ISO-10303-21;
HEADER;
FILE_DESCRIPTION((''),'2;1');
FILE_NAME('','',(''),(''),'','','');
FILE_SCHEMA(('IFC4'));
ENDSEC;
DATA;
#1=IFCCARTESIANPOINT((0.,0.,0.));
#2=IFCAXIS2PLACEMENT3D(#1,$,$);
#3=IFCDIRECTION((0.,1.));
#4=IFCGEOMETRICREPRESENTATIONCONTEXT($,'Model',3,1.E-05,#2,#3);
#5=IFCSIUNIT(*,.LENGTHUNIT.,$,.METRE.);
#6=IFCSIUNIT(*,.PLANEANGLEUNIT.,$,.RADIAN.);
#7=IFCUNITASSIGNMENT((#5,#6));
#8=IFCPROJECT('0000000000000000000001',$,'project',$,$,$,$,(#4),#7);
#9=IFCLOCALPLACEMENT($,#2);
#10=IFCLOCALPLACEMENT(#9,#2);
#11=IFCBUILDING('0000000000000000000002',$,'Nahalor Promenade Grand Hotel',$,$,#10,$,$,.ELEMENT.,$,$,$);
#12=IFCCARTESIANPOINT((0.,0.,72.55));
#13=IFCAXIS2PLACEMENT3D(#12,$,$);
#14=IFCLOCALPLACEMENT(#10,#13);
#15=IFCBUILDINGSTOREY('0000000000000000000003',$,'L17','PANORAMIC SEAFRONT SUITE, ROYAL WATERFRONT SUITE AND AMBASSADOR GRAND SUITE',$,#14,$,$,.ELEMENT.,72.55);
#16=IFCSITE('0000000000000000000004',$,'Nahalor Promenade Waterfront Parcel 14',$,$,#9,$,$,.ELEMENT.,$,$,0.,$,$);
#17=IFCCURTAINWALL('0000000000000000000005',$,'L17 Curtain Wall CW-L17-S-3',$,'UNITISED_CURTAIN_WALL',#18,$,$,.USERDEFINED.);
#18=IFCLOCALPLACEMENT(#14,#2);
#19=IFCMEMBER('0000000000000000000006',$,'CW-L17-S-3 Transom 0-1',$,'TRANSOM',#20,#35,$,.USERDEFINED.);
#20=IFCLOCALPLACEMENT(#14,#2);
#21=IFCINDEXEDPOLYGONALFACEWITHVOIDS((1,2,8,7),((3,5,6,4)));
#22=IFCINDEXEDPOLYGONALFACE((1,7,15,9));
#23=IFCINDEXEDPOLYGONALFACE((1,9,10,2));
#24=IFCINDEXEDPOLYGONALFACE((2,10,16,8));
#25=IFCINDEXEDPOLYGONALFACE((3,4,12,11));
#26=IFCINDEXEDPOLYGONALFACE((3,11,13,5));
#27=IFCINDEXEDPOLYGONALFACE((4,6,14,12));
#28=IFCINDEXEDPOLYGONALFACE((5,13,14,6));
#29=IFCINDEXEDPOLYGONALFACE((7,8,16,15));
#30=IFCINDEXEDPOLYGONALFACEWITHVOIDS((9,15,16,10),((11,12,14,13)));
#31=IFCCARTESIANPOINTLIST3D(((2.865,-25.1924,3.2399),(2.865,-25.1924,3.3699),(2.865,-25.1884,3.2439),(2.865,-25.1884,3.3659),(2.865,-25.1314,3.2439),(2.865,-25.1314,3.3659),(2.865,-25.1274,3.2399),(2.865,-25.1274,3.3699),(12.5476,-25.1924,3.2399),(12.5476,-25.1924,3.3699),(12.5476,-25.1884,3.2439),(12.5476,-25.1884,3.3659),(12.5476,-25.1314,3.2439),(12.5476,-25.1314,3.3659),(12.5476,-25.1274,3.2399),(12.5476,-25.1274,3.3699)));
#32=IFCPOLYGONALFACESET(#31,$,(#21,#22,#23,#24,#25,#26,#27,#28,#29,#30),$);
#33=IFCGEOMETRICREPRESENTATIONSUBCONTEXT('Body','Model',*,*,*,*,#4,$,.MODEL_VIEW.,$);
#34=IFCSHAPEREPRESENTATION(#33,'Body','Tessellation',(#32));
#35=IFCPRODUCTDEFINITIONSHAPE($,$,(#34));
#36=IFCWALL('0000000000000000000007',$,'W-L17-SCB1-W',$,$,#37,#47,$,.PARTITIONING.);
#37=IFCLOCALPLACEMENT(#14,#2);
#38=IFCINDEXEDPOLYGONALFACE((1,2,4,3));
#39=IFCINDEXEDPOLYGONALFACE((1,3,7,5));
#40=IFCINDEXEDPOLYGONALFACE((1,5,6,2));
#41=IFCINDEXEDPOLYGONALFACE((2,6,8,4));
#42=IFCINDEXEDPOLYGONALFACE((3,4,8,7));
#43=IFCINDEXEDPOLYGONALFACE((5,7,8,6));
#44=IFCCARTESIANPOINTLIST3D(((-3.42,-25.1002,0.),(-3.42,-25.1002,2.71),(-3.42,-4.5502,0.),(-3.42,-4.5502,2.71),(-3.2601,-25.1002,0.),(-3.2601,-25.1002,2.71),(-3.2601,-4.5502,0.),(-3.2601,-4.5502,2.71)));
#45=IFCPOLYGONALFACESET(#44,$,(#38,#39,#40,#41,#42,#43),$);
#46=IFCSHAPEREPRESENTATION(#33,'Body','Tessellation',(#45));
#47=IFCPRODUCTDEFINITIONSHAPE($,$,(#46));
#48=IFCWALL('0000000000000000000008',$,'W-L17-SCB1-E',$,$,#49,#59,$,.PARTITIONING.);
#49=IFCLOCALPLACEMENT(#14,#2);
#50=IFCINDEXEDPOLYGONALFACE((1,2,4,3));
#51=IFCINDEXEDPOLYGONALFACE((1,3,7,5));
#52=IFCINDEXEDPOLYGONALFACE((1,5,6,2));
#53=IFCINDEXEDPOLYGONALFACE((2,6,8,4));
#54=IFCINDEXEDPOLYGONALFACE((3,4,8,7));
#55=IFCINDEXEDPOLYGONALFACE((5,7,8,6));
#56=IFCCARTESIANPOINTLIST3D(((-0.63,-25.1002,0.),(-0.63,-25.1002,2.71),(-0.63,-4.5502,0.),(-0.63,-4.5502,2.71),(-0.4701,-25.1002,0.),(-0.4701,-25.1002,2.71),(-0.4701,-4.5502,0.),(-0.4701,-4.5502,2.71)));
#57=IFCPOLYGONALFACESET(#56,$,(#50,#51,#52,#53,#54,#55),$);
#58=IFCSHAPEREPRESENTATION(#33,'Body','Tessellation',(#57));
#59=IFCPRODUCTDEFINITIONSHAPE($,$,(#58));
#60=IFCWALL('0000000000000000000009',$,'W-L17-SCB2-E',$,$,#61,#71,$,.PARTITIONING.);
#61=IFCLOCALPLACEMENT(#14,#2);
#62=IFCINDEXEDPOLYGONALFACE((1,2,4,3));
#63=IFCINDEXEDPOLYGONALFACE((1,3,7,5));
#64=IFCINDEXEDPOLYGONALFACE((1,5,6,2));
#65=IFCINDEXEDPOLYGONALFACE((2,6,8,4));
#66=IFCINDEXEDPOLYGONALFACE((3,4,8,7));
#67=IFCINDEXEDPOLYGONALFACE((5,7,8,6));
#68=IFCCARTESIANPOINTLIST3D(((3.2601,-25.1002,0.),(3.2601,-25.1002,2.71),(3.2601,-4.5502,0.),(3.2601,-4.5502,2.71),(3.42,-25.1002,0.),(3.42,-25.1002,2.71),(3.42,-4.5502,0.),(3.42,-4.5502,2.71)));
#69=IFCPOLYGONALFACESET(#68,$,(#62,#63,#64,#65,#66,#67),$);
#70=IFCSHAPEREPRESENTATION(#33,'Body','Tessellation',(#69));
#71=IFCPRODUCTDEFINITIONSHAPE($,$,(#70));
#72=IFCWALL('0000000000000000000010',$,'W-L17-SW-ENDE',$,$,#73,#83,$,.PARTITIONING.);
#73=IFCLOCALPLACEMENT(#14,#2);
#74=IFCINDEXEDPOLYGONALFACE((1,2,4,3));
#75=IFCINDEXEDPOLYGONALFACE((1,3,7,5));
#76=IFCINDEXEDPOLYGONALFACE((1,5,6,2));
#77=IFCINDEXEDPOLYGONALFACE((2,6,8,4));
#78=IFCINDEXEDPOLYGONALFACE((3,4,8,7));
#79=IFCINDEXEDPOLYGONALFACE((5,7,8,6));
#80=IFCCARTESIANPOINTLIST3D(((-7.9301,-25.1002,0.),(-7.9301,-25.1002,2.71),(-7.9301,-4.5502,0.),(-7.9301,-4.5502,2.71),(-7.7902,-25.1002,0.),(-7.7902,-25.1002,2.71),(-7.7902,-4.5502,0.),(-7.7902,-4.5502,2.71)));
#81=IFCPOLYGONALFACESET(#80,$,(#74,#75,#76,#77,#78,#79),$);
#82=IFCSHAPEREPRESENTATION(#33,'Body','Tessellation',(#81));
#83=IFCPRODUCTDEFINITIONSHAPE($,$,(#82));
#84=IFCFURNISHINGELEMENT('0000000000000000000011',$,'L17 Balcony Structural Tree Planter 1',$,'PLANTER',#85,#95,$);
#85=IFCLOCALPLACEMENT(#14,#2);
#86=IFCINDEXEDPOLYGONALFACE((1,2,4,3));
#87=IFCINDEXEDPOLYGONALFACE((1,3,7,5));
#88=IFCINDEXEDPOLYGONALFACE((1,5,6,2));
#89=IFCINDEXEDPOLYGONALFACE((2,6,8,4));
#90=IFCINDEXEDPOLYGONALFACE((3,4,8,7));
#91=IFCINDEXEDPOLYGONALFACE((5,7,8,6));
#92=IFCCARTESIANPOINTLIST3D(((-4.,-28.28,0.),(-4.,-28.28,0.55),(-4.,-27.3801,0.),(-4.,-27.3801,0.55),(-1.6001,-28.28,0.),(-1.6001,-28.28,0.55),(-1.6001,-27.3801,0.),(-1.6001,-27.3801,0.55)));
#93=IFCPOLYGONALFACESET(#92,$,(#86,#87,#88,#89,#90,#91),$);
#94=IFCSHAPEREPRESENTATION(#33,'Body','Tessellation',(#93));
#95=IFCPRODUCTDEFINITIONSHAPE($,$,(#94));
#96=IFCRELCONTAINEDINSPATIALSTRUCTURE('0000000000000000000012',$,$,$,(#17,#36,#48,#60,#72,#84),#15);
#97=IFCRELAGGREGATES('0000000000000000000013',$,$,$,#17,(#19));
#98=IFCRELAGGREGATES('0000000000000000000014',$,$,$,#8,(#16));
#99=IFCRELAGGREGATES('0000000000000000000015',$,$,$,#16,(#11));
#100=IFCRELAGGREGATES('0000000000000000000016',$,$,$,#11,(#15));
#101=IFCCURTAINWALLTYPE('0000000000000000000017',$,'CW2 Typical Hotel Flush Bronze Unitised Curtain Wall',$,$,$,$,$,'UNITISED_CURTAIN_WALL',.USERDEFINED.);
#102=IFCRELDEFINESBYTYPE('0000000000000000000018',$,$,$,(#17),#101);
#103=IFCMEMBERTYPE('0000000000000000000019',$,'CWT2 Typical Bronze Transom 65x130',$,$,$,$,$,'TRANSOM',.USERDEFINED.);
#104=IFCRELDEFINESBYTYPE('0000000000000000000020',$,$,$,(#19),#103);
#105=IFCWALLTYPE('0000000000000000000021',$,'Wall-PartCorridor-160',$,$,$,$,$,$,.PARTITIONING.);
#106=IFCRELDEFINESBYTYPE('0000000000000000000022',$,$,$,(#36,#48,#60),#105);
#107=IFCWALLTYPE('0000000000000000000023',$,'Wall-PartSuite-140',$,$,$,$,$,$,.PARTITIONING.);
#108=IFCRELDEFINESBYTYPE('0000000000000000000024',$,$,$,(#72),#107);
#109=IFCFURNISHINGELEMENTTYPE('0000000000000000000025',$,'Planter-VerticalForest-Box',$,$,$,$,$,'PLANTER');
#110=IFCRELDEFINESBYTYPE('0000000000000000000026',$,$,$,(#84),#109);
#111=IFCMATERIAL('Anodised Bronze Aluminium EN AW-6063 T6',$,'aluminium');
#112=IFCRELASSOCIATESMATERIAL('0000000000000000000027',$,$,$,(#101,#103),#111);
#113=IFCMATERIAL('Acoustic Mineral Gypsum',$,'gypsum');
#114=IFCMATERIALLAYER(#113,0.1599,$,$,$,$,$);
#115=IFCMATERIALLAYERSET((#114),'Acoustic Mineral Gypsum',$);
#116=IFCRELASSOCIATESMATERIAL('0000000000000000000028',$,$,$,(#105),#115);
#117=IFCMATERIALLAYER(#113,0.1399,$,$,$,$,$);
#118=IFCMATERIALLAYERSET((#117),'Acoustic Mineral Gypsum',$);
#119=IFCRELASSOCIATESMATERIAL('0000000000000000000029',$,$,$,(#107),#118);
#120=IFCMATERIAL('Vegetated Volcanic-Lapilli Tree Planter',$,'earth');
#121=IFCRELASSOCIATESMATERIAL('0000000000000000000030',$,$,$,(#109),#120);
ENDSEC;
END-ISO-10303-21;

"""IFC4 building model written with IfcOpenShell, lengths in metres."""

from ifc_helpers import new_model, si_unit, direction, frame, frame_2d, origin, origin_2d, place, context, subcontext, project, spatial, rectangle, hollow_rectangle, extrude, source, transform, mapped, material, layer, layer_set, material_profile, profile_set, type_object, element, aggregate, save


model = new_model("IFC4")

# Units and contexts
model_context = context("Model", 3, precision=1e-05, world=origin(), true_north=direction((0.0, 1.0)))
body_context = subcontext(model_context, "Body", "Model", "MODEL_VIEW")
ifc_project = project(units=[si_unit("LENGTHUNIT", "METRE"), si_unit("PLANEANGLEUNIT", "RADIAN")], contexts=[model_context])

# Site, building, storey
site_placement = place(None, origin())
site = spatial("IfcSite", under=ifc_project, at=site_placement, Name="Nahalor Promenade Waterfront Parcel 14", CompositionType="ELEMENT", RefElevation=0.0)
building_placement = place(site_placement, origin())
building = spatial("IfcBuilding", under=site, at=building_placement, Name="Nahalor Promenade Grand Hotel", CompositionType="ELEMENT")
storey_placement = place(building_placement, frame((0.0, 0.0, 72.55)))
storey = spatial("IfcBuildingStorey", under=building, at=storey_placement, Name="L17", Description="PANORAMIC SEAFRONT SUITE, ROYAL WATERFRONT SUITE AND AMBASSADOR GRAND SUITE", CompositionType="ELEMENT", Elevation=72.55)

# Curtain wall, member
ifc_material_1 = material(Name="Anodised Bronze Aluminium EN AW-6063 T6", Category="aluminium")
curtain_wall_type = type_object("IfcCurtainWallType", Name="CW2 Typical Hotel Flush Bronze Unitised Curtain Wall", ElementType="UNITISED_CURTAIN_WALL", PredefinedType="USERDEFINED", material=ifc_material_1)
curtain_wall_placement = place(storey_placement, origin())
curtain_wall = element("IfcCurtainWall", 1, at=curtain_wall_placement, inside=storey, type_object=curtain_wall_type, Name="L17 Curtain Wall CW-L17-S-3", ObjectType="UNITISED_CURTAIN_WALL", PredefinedType="USERDEFINED")
ifc_material_profile_1 = material_profile(ifc_material_1, hollow_rectangle(XDim=0.065, YDim=0.13, WallThickness=0.004, at=origin_2d()), Name="CWT 65x130x4")
ifc_profile_set_1 = profile_set([ifc_material_profile_1], Name="Anodised Bronze Aluminium EN AW-6063 T6")
member_type_1 = type_object("IfcMemberType", Name="CWT2 Typical Bronze Transom 65x130", ElementType="TRANSOM", PredefinedType="USERDEFINED", material=ifc_profile_set_1)
shared_shape_1 = source(origin(), body_context, "Body", "SweptSolid", [
    extrude(hollow_rectangle(XDim=0.065, YDim=0.13, WallThickness=0.004, at=origin_2d()), origin(), (0.0, 0.0, 1.0), 9.6826),
])
member_1_placement = place(storey_placement, frame((2.865, -25.1599, 3.3049), z_axis=(1.0, 0.0, 0.0), x_axis=(0.0, 1.0, 0.0)))
member_1 = element("IfcMember", 2, at=member_1_placement, type_object=member_type_1, Name="CW-L17-S-3 Transom 0-1", ObjectType="TRANSOM", PredefinedType="USERDEFINED", context=body_context, shape_type="MappedRepresentation", body=[
    mapped(shared_shape_1, transform((0.0, 0.0, 0.0), scale=1.0)),
])
aggregate(curtain_wall, [member_1])

# Walls
ifc_material_2 = material(Name="Acoustic Mineral Gypsum", Category="gypsum")
ifc_layer_1 = layer(ifc_material_2, 0.1599)
ifc_layer_set_1 = layer_set([ifc_layer_1], Name="Acoustic Mineral Gypsum")
wall_type_1 = type_object("IfcWallType", Name="Wall-PartCorridor-160", PredefinedType="PARTITIONING", material=ifc_layer_set_1)
shared_shape_2 = source(origin(), body_context, "Body", "SweptSolid", [
    extrude(rectangle(XDim=20.55, YDim=0.1599, at=frame_2d((10.2749, 0.0))), origin(), (0.0, 0.0, 1.0), 2.71),
])
for number, where, z_axis, x_axis, name in (
    (3, (-3.3401, -25.1001, 0.0), (0.0, 0.0, 1.0), (0.0, 1.0, 0.0), "W-L17-SCB1-W"),
    (4, (-0.55, -25.1001, 0.0), (0.0, 0.0, 1.0), (0.0, 1.0, 0.0), "W-L17-SCB1-E"),
    (5, (3.3401, -25.1001, 0.0), (0.0, 0.0, 1.0), (0.0, 1.0, 0.0), "W-L17-SCB2-E"),
):
    element("IfcWall", number, at=place(storey_placement, frame(where, z_axis=z_axis, x_axis=x_axis)), inside=storey, type_object=wall_type_1, Name=name, PredefinedType="PARTITIONING", context=body_context, shape_type="MappedRepresentation", body=[
        mapped(shared_shape_2, transform((0.0, 0.0, 0.0), scale=1.0)),
    ])
ifc_layer_2 = layer(ifc_material_2, 0.1399)
ifc_layer_set_2 = layer_set([ifc_layer_2], Name="Acoustic Mineral Gypsum")
wall_type_2 = type_object("IfcWallType", Name="Wall-PartSuite-140", PredefinedType="PARTITIONING", material=ifc_layer_set_2)
shared_shape_3 = source(origin(), body_context, "Body", "SweptSolid", [
    extrude(rectangle(XDim=20.55, YDim=0.1399, at=frame_2d((10.2749, 0.0))), origin(), (0.0, 0.0, 1.0), 2.71),
])
wall_placement = place(storey_placement, frame((-7.8601, -25.1001, 0.0), z_axis=(0.0, 0.0, 1.0), x_axis=(0.0, 1.0, 0.0)))
element("IfcWall", 6, at=wall_placement, inside=storey, type_object=wall_type_2, Name="W-L17-SW-ENDE", PredefinedType="PARTITIONING", context=body_context, shape_type="MappedRepresentation", body=[
    mapped(shared_shape_3, transform((0.0, 0.0, 0.0), scale=1.0)),
])

# Furnishing element
ifc_material_3 = material(Name="Vegetated Volcanic-Lapilli Tree Planter", Category="earth")
furnishing_element_type = type_object("IfcFurnishingElementType", Name="Planter-VerticalForest-Box", ElementType="PLANTER", material=ifc_material_3)
shared_shape_4 = source(origin(), body_context, "Body", "SweptSolid", [
    extrude(rectangle(XDim=2.3999, YDim=0.8999, at=origin_2d()), origin(), (0.0, 0.0, 1.0), 0.55),
])
furnishing_placement = place(storey_placement, frame((-2.8, -27.8301, 0.0), z_axis=(0.0, 0.0, 1.0), x_axis=(1.0, 0.0, 0.0)))
element("IfcFurnishingElement", 7, at=furnishing_placement, inside=storey, type_object=furnishing_element_type, Name="L17 Balcony Structural Tree Planter 1", ObjectType="PLANTER", context=body_context, shape_type="MappedRepresentation", body=[
    mapped(shared_shape_4, transform((0.0, 0.0, 0.0), scale=1.0)),
])

save(model, "model.ifc")
